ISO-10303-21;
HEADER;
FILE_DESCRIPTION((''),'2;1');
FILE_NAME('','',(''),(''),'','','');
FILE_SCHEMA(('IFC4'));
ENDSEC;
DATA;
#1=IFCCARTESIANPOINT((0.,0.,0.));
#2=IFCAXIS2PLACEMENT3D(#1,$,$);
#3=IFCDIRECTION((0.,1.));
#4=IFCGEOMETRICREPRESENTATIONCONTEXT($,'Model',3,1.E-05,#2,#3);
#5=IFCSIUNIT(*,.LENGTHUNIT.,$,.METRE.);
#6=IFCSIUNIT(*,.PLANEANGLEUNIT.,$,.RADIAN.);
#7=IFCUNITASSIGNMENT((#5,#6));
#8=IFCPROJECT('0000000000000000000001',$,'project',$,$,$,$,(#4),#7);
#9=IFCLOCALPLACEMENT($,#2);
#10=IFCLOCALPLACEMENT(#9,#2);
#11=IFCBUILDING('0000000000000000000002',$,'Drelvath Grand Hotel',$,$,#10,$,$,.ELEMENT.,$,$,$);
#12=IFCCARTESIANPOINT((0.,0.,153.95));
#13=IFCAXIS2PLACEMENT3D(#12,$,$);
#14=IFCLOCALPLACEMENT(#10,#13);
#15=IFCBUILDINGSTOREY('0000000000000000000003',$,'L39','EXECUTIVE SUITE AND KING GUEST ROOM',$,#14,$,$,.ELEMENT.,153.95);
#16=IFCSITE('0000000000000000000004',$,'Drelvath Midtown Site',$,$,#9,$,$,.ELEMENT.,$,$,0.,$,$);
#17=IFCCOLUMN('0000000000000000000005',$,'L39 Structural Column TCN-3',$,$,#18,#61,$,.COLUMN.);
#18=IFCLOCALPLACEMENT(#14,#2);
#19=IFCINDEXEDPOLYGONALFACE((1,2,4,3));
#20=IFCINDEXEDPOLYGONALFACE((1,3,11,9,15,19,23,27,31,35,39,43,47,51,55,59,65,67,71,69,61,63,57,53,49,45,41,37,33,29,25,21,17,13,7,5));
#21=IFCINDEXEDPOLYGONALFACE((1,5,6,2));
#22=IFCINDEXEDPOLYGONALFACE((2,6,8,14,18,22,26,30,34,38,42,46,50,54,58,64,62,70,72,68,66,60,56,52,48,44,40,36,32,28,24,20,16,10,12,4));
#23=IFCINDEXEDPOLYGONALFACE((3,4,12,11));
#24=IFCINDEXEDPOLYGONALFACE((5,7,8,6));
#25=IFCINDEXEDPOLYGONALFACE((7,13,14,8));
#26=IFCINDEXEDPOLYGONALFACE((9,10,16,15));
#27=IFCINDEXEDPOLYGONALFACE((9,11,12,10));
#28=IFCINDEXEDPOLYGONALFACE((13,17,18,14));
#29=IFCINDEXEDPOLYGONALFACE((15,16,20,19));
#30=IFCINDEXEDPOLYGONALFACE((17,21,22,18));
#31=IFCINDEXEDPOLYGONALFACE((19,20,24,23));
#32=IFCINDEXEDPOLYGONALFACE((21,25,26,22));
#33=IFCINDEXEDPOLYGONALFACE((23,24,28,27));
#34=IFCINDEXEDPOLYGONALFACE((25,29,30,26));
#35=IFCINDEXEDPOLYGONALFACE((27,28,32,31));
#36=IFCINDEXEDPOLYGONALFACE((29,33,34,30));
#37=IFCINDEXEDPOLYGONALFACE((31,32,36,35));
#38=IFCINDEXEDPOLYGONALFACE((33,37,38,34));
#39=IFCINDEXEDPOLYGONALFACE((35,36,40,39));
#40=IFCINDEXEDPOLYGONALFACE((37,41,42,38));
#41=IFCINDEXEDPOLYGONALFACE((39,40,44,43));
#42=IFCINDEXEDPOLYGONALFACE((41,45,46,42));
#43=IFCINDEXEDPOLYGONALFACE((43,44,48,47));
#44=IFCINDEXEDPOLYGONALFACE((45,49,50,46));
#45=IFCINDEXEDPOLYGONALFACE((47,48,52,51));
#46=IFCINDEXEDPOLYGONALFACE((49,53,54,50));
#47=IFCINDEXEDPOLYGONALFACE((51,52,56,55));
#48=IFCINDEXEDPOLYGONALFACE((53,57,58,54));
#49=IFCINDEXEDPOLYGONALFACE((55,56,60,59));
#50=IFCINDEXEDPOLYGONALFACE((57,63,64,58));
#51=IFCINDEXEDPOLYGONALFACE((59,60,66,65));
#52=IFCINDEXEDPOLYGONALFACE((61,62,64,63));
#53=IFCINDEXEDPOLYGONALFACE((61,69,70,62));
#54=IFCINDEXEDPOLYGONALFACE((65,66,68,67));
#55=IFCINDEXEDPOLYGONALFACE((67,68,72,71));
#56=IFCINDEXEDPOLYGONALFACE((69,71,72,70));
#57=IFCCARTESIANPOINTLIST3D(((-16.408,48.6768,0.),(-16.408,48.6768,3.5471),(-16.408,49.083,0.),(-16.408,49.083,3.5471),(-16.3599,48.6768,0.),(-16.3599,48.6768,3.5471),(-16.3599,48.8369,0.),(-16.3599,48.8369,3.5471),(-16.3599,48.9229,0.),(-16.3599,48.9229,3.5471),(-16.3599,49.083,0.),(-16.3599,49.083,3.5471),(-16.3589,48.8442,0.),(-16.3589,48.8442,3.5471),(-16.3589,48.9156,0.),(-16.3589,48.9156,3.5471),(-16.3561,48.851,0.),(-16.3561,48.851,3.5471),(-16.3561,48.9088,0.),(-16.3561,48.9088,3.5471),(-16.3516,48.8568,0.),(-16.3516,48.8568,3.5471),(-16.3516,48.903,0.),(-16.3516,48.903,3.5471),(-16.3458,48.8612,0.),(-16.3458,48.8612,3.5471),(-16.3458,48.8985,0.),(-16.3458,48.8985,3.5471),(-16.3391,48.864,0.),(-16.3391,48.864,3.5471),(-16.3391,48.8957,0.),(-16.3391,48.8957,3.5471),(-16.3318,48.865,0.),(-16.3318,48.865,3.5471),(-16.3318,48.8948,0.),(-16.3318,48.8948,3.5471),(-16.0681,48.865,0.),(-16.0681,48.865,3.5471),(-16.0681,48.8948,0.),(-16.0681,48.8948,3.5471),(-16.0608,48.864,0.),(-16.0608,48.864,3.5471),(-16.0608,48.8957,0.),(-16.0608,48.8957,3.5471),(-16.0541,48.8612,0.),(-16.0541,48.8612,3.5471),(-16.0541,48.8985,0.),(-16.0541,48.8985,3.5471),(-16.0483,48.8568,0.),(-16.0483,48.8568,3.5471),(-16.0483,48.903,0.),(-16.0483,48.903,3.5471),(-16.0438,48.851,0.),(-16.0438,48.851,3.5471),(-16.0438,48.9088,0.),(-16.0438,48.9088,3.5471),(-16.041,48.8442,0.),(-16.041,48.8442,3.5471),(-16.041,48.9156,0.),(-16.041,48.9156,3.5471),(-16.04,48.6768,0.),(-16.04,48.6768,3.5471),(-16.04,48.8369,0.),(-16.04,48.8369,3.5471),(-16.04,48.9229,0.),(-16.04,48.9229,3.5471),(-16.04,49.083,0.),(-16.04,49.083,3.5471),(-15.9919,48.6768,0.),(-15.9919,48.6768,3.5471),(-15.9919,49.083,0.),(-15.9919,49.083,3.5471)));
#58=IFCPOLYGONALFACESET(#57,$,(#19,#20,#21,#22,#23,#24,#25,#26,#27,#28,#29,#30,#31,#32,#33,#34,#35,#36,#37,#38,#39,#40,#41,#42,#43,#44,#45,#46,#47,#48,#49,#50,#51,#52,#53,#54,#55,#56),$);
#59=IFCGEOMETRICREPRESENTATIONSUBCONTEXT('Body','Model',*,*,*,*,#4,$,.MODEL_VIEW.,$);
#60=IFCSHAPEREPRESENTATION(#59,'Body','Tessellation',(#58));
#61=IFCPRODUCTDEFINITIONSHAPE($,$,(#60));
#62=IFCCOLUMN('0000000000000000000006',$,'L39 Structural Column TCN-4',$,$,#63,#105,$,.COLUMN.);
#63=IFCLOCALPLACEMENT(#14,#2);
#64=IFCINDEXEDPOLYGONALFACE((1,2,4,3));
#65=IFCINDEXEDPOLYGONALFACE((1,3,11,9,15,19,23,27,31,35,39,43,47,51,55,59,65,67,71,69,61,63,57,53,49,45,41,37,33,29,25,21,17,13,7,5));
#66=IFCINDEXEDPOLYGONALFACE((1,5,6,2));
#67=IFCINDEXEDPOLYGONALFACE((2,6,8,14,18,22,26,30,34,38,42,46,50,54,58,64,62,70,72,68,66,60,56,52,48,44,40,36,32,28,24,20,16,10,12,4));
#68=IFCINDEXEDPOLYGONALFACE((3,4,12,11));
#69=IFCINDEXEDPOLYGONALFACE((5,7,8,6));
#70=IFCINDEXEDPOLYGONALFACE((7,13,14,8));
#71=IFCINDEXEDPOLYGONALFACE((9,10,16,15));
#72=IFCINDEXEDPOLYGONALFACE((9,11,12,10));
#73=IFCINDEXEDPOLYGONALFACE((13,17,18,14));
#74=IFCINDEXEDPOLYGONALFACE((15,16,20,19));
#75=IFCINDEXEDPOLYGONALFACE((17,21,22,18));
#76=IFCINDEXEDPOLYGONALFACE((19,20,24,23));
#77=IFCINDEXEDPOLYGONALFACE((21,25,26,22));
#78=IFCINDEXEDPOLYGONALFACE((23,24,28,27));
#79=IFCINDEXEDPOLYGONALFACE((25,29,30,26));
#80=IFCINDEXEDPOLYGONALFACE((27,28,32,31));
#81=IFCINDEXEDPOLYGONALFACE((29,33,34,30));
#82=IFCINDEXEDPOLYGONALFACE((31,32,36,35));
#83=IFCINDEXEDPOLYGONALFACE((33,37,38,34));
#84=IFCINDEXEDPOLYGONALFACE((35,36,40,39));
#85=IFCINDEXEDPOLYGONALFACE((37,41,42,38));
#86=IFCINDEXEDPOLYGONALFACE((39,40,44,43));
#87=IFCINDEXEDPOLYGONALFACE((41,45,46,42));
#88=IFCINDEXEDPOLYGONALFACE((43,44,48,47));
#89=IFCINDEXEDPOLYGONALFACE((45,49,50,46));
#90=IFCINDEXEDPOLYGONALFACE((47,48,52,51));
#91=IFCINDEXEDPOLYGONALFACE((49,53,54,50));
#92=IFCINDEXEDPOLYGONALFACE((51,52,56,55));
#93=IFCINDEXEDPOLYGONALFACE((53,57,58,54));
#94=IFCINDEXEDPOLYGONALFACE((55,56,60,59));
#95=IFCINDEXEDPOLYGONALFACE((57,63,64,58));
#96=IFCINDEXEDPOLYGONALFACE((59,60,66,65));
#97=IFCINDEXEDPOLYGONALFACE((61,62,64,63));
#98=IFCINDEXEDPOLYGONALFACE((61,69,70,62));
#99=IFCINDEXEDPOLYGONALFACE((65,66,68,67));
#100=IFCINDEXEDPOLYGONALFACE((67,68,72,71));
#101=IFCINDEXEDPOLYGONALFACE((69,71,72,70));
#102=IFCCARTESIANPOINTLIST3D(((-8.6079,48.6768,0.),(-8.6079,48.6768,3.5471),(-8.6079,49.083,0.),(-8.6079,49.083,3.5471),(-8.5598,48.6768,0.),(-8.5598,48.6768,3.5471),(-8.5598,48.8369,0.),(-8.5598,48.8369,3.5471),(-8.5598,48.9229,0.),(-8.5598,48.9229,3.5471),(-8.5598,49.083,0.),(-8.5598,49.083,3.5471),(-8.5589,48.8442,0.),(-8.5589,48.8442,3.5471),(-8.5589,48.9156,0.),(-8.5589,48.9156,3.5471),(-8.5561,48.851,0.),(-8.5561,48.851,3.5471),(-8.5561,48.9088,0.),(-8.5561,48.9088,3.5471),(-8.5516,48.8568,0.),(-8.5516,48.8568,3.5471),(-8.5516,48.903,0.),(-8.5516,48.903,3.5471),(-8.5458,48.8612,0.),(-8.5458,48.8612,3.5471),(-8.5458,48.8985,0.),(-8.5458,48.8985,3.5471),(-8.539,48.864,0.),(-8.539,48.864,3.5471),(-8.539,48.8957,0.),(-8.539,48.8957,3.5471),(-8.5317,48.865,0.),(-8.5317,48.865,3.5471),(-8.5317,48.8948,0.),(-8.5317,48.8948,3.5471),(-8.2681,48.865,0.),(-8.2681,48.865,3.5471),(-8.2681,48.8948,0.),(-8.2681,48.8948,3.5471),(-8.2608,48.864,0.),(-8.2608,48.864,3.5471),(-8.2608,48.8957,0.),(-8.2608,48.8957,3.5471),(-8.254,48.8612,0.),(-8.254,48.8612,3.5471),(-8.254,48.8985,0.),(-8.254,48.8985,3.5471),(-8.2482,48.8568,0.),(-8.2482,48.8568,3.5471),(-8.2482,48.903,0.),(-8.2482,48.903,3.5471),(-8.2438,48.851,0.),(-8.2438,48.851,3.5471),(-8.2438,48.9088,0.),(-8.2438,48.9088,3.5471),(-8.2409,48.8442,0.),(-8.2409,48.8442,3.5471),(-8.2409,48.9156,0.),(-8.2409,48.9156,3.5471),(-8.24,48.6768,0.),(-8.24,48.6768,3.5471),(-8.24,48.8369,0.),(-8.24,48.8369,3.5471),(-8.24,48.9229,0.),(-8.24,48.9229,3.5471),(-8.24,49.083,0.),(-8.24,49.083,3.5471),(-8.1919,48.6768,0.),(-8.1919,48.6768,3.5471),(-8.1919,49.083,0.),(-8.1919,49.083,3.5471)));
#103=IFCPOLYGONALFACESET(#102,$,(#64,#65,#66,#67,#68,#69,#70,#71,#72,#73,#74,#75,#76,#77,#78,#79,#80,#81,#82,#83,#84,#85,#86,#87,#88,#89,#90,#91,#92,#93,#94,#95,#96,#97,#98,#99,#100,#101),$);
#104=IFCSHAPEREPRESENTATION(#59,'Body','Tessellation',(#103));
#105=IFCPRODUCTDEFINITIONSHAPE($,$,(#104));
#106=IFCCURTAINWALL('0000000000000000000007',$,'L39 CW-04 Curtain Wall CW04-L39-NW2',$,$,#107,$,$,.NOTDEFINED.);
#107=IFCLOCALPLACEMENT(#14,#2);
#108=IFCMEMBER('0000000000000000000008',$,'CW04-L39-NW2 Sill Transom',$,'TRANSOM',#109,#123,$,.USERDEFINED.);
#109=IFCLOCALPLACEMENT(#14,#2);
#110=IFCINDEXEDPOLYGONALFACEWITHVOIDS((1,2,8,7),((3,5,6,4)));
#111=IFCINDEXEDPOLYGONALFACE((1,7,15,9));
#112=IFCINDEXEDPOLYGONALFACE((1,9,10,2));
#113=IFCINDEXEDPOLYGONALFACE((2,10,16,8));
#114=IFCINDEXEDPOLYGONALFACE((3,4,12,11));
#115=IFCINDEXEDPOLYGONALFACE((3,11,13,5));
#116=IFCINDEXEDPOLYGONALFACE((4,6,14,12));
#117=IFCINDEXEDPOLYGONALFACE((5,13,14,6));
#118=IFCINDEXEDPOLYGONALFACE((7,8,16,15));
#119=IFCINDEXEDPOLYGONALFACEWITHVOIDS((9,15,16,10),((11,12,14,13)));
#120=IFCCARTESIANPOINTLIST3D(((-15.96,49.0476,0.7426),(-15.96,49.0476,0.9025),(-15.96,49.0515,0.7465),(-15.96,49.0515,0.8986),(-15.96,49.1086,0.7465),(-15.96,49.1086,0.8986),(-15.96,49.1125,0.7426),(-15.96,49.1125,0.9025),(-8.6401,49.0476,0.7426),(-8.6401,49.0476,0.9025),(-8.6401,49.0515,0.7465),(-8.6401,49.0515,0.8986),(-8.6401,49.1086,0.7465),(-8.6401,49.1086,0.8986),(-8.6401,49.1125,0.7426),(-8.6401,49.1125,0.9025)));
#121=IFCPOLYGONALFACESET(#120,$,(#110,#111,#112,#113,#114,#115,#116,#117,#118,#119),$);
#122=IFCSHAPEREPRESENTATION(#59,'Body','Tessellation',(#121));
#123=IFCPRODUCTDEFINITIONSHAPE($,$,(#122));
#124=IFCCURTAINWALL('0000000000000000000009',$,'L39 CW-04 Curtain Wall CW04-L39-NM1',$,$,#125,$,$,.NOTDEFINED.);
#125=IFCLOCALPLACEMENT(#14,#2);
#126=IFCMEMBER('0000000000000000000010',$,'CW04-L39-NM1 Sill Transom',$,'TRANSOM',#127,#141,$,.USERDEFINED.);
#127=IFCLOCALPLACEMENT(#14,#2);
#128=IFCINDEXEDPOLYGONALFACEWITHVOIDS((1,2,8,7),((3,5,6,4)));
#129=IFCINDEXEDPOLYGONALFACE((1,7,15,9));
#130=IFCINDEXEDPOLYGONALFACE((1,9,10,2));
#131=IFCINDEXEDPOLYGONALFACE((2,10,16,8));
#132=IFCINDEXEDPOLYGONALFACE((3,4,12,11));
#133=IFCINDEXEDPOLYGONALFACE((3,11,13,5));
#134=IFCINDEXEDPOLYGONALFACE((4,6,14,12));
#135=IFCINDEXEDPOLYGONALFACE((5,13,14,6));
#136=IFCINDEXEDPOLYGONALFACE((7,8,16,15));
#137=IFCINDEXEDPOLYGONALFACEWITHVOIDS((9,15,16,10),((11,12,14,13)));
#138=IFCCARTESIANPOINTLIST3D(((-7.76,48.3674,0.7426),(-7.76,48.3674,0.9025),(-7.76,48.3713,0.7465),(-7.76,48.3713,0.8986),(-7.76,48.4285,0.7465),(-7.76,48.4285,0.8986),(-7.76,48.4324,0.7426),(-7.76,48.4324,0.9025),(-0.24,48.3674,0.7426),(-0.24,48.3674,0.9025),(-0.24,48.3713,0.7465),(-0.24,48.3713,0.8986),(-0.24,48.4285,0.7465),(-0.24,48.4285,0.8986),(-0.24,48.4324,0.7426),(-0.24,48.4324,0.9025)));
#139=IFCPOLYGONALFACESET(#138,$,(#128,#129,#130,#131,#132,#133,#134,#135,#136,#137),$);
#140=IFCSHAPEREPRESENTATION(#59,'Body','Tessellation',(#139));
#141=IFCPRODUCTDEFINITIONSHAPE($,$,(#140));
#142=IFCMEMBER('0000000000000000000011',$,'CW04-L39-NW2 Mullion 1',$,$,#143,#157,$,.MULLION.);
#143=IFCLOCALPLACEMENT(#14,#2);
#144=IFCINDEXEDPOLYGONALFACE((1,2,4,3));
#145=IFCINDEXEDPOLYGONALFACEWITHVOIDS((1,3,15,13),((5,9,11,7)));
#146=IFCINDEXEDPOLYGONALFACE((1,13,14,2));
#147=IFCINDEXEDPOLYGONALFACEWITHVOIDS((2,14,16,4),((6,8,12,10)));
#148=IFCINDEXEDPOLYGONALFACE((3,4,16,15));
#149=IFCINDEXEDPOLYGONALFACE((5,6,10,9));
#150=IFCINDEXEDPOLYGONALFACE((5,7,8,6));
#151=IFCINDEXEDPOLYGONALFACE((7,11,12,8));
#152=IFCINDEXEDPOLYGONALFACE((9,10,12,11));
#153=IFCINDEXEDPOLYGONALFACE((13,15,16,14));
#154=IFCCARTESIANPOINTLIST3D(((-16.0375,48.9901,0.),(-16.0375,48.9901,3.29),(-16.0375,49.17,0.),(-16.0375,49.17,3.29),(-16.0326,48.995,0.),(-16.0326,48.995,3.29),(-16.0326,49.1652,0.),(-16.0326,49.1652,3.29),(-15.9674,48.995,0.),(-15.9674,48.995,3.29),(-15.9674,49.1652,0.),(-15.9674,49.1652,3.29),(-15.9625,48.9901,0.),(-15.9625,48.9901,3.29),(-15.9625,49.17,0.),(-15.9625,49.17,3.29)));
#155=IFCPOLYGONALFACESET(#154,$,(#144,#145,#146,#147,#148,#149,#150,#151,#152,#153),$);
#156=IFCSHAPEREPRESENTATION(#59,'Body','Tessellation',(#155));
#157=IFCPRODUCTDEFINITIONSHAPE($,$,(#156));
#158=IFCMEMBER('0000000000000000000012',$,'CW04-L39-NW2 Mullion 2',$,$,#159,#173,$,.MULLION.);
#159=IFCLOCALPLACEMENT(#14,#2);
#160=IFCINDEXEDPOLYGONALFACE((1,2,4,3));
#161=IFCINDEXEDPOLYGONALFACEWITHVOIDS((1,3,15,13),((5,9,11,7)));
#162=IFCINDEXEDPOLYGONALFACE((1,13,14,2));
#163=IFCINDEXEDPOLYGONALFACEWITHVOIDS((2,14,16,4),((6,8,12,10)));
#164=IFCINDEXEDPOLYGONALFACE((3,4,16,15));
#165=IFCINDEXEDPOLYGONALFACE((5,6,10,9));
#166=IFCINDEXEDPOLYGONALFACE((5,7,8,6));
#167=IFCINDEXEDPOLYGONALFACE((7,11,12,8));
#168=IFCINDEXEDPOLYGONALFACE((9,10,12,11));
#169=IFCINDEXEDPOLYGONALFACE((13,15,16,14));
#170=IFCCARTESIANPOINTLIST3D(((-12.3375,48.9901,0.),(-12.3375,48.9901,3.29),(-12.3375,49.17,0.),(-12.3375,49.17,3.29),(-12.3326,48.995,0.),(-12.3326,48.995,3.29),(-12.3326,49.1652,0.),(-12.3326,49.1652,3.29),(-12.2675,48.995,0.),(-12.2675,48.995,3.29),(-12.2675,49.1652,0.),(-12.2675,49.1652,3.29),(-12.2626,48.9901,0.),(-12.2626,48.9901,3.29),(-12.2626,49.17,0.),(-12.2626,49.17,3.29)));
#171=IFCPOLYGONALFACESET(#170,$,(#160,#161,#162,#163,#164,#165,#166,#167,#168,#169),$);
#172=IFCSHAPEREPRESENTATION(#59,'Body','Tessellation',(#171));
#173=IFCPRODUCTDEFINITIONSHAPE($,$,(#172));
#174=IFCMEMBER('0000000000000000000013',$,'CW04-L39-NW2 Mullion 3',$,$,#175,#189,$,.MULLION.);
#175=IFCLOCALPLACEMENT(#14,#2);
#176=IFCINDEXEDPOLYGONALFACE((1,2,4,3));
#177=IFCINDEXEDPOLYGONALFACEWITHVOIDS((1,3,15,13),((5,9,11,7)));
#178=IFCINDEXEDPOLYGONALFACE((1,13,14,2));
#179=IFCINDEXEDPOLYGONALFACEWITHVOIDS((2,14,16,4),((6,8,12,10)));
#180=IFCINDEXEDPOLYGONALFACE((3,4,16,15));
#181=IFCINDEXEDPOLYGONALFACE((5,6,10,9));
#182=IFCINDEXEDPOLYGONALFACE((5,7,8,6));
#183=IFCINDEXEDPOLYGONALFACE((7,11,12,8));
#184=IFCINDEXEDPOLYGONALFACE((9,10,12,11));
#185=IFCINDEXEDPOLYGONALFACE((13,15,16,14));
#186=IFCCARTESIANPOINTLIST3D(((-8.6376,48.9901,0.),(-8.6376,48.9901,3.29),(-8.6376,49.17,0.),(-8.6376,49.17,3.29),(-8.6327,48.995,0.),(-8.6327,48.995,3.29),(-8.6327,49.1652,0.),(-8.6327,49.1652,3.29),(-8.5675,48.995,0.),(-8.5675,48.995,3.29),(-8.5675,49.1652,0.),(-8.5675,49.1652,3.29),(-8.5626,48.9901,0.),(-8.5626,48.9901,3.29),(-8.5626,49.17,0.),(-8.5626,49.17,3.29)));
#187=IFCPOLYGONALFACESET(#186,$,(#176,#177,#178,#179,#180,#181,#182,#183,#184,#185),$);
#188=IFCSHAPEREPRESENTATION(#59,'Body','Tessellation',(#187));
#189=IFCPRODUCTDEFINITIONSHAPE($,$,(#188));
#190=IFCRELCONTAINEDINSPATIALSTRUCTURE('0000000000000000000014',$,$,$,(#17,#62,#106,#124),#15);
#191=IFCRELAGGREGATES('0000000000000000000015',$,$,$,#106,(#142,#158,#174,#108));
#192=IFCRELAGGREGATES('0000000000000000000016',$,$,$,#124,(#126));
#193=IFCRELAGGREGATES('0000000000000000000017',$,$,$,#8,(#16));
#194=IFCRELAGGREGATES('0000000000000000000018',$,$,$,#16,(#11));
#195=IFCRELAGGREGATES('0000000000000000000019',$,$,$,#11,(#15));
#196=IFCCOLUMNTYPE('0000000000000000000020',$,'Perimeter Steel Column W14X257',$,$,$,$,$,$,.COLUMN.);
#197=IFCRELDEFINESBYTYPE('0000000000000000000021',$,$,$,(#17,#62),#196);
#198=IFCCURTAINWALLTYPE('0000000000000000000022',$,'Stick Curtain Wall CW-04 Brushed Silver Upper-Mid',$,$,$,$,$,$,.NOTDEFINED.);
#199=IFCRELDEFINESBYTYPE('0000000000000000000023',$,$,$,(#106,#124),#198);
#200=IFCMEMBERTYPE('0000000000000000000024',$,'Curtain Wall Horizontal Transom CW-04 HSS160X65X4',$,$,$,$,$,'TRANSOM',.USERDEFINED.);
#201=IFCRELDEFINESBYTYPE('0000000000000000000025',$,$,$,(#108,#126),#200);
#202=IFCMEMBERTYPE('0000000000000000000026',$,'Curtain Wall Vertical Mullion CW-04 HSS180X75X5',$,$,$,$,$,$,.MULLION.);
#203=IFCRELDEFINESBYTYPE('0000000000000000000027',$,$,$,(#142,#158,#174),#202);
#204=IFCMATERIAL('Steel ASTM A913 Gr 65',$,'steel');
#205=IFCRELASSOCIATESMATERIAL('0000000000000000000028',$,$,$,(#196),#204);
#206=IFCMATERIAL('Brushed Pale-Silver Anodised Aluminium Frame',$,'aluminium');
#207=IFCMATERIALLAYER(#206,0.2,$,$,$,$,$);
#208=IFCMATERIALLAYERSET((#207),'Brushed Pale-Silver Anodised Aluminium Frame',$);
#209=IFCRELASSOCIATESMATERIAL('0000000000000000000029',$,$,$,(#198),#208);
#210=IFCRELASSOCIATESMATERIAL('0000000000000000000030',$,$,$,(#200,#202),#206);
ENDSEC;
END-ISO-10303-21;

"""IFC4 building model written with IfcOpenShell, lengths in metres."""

from ifc_helpers import new_model, si_unit, direction, frame, origin, origin_2d, place, context, subcontext, project, spatial, hollow_rectangle, i_section, extrude, material, layer, layer_set, material_profile, profile_set, type_object, element, aggregate, save


model = new_model("IFC4")

# Units and contexts
model_context = context("Model", 3, precision=1e-05, world=origin(), true_north=direction((0.0, 1.0)))
body_context = subcontext(model_context, "Body", "Model", "MODEL_VIEW")
ifc_project = project(units=[si_unit("LENGTHUNIT", "METRE"), si_unit("PLANEANGLEUNIT", "RADIAN")], contexts=[model_context])

# Site, building, storey
site_placement = place(None, origin())
site = spatial("IfcSite", under=ifc_project, at=site_placement, Name="Drelvath Midtown Site", CompositionType="ELEMENT", RefElevation=0.0)
building_placement = place(site_placement, origin())
building = spatial("IfcBuilding", under=site, at=building_placement, Name="Drelvath Grand Hotel", CompositionType="ELEMENT")
storey_placement = place(building_placement, frame((0.0, 0.0, 153.95)))
storey = spatial("IfcBuildingStorey", under=building, at=storey_placement, Name="L39", Description="EXECUTIVE SUITE AND KING GUEST ROOM", CompositionType="ELEMENT", Elevation=153.95)

# Columns
ifc_material_1 = material(Name="Steel ASTM A913 Gr 65", Category="steel")
ifc_material_profile_1 = material_profile(ifc_material_1, i_section(OverallWidth=0.4062, OverallDepth=0.416, WebThickness=0.0298, FlangeThickness=0.0481, FilletRadius=0.0281, at=origin_2d()), Name="W14X257")
ifc_profile_set_1 = profile_set([ifc_material_profile_1], Name="Steel ASTM A913 Gr 65")
column_type = type_object("IfcColumnType", Name="Perimeter Steel Column W14X257", PredefinedType="COLUMN", material=ifc_profile_set_1)
for number, where, z_axis, x_axis, name in (
    (1, (-16.2, 48.8799, 0.0), (0.0, 0.0, 1.0), (0.0, 1.0, 0.0), "L39 Structural Column TCN-3"),
    (2, (-8.3999, 48.8799, 0.0), (0.0, 0.0, 1.0), (0.0, 1.0, 0.0), "L39 Structural Column TCN-4"),
):
    element("IfcColumn", number, at=place(storey_placement, frame(where, z_axis=z_axis, x_axis=x_axis)), inside=storey, type_object=column_type, Name=name, PredefinedType="COLUMN", context=body_context, shape_type="SweptSolid", body=[
        extrude(i_section(OverallWidth=0.4062, OverallDepth=0.416, WebThickness=0.0298, FlangeThickness=0.0481, FilletRadius=0.0281, at=origin_2d()), origin(), (0.0, 0.0, 1.0), 3.5471),
    ])

# Curtain walls, members
ifc_material_2 = material(Name="Brushed Pale-Silver Anodised Aluminium Frame", Category="aluminium")
ifc_layer_1 = layer(ifc_material_2, 0.2)
ifc_layer_set_1 = layer_set([ifc_layer_1], Name="Brushed Pale-Silver Anodised Aluminium Frame")
curtain_wall_type = type_object("IfcCurtainWallType", Name="Stick Curtain Wall CW-04 Brushed Silver Upper-Mid", PredefinedType="NOTDEFINED", material=ifc_layer_set_1)
curtain_wall_1_placement = place(storey_placement, origin())
curtain_wall_1 = element("IfcCurtainWall", 3, at=curtain_wall_1_placement, inside=storey, type_object=curtain_wall_type, Name="L39 CW-04 Curtain Wall CW04-L39-NW2", PredefinedType="NOTDEFINED")
ifc_material_profile_2 = material_profile(ifc_material_2, hollow_rectangle(XDim=0.0649, YDim=0.1599, WallThickness=0.0039, at=origin_2d()), Name="HSS160X65X4")
ifc_profile_set_2 = profile_set([ifc_material_profile_2], Name="Brushed Pale-Silver Anodised Aluminium Frame")
member_type_1 = type_object("IfcMemberType", Name="Curtain Wall Horizontal Transom CW-04 HSS160X65X4", ElementType="TRANSOM", PredefinedType="USERDEFINED", material=ifc_profile_set_2)
member_1_placement = place(storey_placement, frame((-15.96, 49.0801, 0.8225), z_axis=(1.0, 0.0, 0.0), x_axis=(0.0, 1.0, 0.0)))
member_1 = element("IfcMember", 4, at=member_1_placement, type_object=member_type_1, Name="CW04-L39-NW2 Sill Transom", ObjectType="TRANSOM", PredefinedType="USERDEFINED", context=body_context, shape_type="SweptSolid", body=[
    extrude(hollow_rectangle(XDim=0.0649, YDim=0.1599, WallThickness=0.0039, at=origin_2d()), origin(), (0.0, 0.0, 1.0), 7.3198),
])
curtain_wall_2_placement = place(storey_placement, origin())
curtain_wall_2 = element("IfcCurtainWall", 5, at=curtain_wall_2_placement, inside=storey, type_object=curtain_wall_type, Name="L39 CW-04 Curtain Wall CW04-L39-NM1", PredefinedType="NOTDEFINED")
member_2_placement = place(storey_placement, frame((-7.76, 48.3999, 0.8225), z_axis=(1.0, 0.0, 0.0), x_axis=(0.0, 1.0, 0.0)))
member_2 = element("IfcMember", 6, at=member_2_placement, type_object=member_type_1, Name="CW04-L39-NM1 Sill Transom", ObjectType="TRANSOM", PredefinedType="USERDEFINED", context=body_context, shape_type="SweptSolid", body=[
    extrude(hollow_rectangle(XDim=0.0649, YDim=0.1599, WallThickness=0.0039, at=origin_2d()), origin(), (0.0, 0.0, 1.0), 7.52),
])

# Members
ifc_material_profile_3 = material_profile(ifc_material_2, hollow_rectangle(XDim=0.075, YDim=0.1799, WallThickness=0.0049, at=origin_2d()), Name="HSS180X75X5")
ifc_profile_set_3 = profile_set([ifc_material_profile_3], Name="Brushed Pale-Silver Anodised Aluminium Frame")
member_type_2 = type_object("IfcMemberType", Name="Curtain Wall Vertical Mullion CW-04 HSS180X75X5", PredefinedType="MULLION", material=ifc_profile_set_3)
member_3_placement = place(storey_placement, frame((-16.0, 49.0801, 0.0), z_axis=(0.0, 0.0, 1.0), x_axis=(1.0, 0.0, 0.0)))
member_3 = element("IfcMember", 7, at=member_3_placement, type_object=member_type_2, Name="CW04-L39-NW2 Mullion 1", PredefinedType="MULLION", context=body_context, shape_type="SweptSolid", body=[
    extrude(hollow_rectangle(XDim=0.075, YDim=0.1799, WallThickness=0.0049, at=origin_2d()), origin(), (0.0, 0.0, 1.0), 3.29),
])
member_4_placement = place(storey_placement, frame((-12.3, 49.0801, 0.0), z_axis=(0.0, 0.0, 1.0), x_axis=(1.0, 0.0, 0.0)))
member_4 = element("IfcMember", 8, at=member_4_placement, type_object=member_type_2, Name="CW04-L39-NW2 Mullion 2", PredefinedType="MULLION", context=body_context, shape_type="SweptSolid", body=[
    extrude(hollow_rectangle(XDim=0.075, YDim=0.1799, WallThickness=0.0049, at=origin_2d()), origin(), (0.0, 0.0, 1.0), 3.29),
])
member_5_placement = place(storey_placement, frame((-8.6001, 49.0801, 0.0), z_axis=(0.0, 0.0, 1.0), x_axis=(1.0, 0.0, 0.0)))
member_5 = element("IfcMember", 9, at=member_5_placement, type_object=member_type_2, Name="CW04-L39-NW2 Mullion 3", PredefinedType="MULLION", context=body_context, shape_type="SweptSolid", body=[
    extrude(hollow_rectangle(XDim=0.075, YDim=0.1799, WallThickness=0.0049, at=origin_2d()), origin(), (0.0, 0.0, 1.0), 3.29),
])

aggregate(curtain_wall_1, [member_3, member_4, member_5, member_1])
aggregate(curtain_wall_2, [member_2])

save(model, "model.ifc")
